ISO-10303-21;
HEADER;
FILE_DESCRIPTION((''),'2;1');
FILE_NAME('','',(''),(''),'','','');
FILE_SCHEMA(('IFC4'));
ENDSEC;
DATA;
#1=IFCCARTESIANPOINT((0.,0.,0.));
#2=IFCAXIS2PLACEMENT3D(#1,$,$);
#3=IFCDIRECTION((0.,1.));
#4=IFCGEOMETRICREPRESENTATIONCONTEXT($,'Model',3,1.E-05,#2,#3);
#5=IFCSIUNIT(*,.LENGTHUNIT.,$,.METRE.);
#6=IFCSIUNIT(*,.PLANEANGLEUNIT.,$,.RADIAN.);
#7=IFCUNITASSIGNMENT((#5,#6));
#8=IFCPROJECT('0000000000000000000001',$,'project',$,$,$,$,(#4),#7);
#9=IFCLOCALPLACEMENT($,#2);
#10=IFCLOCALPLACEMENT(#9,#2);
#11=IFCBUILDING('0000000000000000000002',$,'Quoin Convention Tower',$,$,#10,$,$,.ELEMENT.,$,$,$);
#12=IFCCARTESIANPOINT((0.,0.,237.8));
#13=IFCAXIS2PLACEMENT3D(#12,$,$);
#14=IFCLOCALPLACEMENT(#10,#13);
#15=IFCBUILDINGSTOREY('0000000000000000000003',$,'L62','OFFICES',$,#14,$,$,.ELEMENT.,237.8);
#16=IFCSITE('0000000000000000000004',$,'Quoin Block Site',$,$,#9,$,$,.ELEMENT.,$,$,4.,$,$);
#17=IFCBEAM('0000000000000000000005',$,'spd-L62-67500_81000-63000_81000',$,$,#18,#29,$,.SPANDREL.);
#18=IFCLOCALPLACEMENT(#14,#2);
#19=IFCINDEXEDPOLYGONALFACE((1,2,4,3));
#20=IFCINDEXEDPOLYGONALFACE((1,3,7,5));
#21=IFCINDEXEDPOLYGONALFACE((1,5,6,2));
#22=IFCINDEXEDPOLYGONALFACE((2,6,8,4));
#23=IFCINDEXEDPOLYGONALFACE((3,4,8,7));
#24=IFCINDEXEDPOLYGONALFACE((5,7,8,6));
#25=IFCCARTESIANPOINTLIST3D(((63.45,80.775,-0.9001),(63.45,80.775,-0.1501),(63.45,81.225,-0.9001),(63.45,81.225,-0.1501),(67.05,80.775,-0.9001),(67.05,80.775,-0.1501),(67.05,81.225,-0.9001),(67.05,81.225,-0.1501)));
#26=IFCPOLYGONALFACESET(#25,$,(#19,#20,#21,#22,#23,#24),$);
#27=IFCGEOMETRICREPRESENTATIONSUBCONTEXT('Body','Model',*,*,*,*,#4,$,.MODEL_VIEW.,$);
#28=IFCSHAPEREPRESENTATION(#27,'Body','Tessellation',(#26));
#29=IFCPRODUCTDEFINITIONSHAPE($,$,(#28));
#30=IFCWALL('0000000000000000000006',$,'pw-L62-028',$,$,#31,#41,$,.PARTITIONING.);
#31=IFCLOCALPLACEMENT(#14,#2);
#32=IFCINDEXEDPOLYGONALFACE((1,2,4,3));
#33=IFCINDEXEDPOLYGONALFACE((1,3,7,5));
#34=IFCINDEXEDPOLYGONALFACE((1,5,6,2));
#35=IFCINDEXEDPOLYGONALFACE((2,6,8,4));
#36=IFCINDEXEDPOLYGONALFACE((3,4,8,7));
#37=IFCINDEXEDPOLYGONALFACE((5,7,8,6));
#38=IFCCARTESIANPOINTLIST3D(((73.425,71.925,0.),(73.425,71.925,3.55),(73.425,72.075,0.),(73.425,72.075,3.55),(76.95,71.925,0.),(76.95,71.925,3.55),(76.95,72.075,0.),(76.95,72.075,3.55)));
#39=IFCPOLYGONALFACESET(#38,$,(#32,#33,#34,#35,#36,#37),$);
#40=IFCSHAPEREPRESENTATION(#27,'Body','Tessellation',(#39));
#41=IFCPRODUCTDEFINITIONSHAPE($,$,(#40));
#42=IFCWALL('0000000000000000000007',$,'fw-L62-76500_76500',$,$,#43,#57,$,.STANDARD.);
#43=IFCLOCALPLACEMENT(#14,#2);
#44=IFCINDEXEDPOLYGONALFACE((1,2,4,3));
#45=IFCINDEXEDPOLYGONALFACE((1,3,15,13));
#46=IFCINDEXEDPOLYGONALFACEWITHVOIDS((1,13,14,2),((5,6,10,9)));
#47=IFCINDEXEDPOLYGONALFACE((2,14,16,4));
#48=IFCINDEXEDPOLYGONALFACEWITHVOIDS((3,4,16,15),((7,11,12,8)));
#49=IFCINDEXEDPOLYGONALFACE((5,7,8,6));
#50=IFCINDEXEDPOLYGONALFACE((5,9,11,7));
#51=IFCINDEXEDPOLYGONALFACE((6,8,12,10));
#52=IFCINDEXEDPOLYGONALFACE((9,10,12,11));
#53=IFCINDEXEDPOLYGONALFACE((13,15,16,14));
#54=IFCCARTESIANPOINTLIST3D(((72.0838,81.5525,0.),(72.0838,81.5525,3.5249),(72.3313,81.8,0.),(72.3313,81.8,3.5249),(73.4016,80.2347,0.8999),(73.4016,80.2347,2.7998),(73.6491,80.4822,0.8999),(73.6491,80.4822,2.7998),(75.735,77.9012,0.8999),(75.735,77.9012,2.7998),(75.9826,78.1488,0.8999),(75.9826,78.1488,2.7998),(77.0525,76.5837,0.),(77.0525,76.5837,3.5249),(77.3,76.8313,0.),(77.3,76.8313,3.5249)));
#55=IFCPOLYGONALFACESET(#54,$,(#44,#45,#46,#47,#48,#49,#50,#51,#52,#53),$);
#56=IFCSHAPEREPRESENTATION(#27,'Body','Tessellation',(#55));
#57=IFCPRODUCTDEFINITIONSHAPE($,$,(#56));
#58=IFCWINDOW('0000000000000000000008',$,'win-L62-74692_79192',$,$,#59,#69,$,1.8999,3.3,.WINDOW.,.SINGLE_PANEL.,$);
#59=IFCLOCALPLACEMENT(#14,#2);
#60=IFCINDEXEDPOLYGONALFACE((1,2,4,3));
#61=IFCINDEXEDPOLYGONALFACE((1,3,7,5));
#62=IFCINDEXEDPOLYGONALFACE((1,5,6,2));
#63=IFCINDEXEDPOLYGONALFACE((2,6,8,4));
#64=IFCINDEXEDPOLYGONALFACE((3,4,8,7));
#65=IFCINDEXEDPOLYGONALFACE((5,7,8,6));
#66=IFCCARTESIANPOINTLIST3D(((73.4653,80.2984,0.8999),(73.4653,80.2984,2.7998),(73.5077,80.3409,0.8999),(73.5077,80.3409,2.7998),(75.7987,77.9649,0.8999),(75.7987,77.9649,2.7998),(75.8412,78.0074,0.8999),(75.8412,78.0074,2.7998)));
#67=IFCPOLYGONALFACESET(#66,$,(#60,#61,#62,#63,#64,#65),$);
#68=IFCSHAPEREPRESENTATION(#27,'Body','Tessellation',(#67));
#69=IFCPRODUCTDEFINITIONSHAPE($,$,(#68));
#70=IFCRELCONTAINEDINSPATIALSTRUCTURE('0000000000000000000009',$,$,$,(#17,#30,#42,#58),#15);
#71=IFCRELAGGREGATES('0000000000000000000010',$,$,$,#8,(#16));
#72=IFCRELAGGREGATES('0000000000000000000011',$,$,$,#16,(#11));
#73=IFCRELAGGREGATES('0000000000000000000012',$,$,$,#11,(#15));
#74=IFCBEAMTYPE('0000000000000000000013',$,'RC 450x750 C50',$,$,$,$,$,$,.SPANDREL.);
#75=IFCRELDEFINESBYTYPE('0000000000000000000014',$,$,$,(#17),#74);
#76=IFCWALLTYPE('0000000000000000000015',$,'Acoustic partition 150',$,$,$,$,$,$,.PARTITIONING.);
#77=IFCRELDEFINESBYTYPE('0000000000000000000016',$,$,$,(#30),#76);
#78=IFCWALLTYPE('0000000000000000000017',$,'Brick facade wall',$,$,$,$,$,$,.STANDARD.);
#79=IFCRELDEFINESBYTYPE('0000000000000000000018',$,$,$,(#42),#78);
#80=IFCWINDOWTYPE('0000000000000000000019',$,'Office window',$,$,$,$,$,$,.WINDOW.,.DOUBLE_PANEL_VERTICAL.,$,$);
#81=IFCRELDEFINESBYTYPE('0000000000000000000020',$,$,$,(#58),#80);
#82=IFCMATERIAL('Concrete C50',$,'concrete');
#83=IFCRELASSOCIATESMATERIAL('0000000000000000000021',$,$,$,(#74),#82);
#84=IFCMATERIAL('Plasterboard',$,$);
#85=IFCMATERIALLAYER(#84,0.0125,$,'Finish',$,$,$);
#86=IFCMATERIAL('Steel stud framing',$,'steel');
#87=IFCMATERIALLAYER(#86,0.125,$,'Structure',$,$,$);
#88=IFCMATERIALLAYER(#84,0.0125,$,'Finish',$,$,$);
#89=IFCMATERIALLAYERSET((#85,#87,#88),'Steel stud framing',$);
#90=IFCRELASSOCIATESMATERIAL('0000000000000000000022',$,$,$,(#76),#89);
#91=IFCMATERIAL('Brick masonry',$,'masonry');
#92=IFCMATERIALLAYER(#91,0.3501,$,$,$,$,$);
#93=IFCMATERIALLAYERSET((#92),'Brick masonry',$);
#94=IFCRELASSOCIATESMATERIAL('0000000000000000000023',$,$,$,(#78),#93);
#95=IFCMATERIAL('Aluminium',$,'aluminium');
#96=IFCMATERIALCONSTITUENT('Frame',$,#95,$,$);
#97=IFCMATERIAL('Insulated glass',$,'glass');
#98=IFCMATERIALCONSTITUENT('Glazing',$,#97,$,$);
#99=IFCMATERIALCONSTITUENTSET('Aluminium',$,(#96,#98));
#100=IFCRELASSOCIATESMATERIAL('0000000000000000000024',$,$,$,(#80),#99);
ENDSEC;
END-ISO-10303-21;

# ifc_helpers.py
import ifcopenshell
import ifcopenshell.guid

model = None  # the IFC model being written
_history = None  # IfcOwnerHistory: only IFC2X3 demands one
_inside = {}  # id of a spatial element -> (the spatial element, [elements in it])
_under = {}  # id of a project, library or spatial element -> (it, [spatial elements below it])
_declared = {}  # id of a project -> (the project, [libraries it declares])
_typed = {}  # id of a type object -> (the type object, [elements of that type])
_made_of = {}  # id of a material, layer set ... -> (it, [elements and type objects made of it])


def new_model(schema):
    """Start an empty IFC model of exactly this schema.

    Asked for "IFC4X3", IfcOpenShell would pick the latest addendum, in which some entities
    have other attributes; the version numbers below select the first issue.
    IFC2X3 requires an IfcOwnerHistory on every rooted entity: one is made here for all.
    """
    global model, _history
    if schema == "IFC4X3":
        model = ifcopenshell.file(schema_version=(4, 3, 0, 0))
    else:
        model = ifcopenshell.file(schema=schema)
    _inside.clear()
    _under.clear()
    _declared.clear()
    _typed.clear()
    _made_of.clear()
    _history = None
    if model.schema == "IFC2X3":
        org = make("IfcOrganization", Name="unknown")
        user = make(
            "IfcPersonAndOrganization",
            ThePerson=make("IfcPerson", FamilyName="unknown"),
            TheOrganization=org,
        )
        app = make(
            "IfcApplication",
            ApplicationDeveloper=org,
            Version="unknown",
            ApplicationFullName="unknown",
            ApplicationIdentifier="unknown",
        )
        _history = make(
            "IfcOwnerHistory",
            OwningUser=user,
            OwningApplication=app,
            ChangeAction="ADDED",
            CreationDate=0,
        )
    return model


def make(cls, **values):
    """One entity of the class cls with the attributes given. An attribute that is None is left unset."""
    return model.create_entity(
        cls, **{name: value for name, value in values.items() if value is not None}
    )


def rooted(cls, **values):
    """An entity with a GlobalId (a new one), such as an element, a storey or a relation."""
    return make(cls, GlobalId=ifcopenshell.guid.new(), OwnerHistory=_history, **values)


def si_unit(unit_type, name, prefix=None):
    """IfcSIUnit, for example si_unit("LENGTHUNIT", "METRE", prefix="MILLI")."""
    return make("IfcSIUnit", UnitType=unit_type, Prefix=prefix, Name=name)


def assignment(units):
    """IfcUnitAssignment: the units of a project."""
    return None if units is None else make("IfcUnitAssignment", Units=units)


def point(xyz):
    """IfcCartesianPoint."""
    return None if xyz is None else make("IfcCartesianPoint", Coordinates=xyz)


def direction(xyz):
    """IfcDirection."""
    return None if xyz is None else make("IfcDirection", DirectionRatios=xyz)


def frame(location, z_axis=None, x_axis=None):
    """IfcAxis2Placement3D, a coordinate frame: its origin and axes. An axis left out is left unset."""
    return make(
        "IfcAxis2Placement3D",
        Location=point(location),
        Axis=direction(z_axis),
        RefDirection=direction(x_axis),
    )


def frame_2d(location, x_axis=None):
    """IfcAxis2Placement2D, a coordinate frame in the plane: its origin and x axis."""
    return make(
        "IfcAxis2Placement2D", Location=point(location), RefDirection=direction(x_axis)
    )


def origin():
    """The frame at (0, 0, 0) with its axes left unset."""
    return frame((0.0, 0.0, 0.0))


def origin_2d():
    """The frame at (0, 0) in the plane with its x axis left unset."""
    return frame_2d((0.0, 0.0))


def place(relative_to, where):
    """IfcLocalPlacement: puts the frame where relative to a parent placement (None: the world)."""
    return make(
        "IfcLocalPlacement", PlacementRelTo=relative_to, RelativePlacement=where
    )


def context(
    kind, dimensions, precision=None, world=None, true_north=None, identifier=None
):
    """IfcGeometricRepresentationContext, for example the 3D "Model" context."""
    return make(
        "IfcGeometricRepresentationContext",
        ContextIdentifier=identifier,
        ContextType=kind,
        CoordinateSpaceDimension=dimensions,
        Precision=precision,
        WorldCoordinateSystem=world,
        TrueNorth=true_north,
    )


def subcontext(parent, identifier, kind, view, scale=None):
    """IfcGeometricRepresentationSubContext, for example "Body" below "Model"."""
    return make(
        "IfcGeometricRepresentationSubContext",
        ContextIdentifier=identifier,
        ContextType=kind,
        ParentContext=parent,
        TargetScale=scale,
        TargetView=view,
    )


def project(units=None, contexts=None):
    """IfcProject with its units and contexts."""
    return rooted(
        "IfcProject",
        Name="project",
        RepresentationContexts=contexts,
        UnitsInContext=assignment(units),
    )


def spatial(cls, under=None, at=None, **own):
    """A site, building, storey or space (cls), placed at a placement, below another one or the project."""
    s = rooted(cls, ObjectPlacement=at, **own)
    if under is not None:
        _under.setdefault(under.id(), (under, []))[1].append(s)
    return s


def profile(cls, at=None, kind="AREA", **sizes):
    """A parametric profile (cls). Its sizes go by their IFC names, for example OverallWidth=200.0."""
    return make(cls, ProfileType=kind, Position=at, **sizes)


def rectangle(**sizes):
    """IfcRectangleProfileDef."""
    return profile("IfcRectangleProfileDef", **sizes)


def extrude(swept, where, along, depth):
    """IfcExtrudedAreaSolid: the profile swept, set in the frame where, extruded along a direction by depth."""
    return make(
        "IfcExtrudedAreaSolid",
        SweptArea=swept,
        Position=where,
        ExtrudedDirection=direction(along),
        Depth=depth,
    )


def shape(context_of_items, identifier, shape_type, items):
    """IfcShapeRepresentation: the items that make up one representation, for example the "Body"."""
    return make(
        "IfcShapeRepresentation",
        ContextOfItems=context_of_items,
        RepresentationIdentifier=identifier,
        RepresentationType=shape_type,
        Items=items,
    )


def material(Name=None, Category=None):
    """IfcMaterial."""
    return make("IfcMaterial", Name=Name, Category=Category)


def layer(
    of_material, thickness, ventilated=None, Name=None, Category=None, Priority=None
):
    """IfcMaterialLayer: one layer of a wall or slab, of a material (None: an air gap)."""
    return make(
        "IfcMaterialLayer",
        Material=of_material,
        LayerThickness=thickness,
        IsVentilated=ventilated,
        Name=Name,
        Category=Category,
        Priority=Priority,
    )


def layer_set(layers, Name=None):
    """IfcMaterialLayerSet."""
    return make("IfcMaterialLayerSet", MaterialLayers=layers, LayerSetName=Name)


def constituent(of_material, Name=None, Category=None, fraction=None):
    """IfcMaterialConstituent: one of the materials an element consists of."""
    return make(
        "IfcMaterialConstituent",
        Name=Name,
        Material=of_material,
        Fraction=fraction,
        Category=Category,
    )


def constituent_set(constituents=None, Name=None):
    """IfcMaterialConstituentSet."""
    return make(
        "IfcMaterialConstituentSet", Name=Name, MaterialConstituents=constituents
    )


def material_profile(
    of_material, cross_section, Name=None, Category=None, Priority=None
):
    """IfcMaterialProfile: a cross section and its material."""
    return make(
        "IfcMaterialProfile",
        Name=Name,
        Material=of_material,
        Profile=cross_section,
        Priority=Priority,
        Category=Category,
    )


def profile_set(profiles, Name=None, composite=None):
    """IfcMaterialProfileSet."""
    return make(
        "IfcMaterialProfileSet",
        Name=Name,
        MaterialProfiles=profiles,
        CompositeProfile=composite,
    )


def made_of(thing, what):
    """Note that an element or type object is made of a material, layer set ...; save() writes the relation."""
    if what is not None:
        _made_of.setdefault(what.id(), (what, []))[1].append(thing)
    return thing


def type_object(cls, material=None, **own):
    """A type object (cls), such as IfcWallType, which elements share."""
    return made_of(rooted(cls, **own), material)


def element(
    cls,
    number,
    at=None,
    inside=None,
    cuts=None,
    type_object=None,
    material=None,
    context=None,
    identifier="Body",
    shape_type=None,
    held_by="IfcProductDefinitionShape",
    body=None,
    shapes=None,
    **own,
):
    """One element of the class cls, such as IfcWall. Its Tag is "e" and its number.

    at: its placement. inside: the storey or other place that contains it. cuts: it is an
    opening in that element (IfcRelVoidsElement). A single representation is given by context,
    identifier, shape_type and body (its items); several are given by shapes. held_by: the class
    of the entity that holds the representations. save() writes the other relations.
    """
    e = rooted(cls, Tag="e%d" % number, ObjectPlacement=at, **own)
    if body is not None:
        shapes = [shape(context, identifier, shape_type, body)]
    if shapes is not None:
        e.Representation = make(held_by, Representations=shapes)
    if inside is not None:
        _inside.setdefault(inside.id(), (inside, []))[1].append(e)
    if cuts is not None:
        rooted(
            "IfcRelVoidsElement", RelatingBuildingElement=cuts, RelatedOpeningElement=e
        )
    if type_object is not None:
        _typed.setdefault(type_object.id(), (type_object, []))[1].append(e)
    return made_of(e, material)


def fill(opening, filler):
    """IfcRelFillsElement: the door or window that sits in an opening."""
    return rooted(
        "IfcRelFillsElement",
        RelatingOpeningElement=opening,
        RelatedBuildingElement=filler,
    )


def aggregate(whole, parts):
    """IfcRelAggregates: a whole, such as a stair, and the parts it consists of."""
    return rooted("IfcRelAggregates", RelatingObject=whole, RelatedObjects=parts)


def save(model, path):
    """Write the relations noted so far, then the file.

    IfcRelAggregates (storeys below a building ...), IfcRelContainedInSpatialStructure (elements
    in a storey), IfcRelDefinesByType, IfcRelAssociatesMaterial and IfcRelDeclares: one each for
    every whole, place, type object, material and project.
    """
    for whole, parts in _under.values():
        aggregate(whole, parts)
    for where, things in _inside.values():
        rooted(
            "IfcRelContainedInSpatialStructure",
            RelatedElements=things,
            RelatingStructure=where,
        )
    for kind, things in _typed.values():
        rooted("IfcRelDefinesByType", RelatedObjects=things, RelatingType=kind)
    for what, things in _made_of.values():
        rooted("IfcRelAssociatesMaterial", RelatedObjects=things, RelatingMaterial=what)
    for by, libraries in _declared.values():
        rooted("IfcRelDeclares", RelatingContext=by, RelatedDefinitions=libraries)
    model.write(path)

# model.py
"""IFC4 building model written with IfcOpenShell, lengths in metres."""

from ifc_helpers import new_model, si_unit, direction, frame, frame_2d, origin, origin_2d, place, context, subcontext, project, spatial, rectangle, extrude, material, layer, layer_set, constituent, constituent_set, material_profile, profile_set, type_object, element, fill, save


model = new_model("IFC4")

# Units and contexts
model_context = context("Model", 3, precision=1e-05, world=origin(), true_north=direction((0.0, 1.0)))
body_context = subcontext(model_context, "Body", "Model", "MODEL_VIEW")
ifc_project = project(units=[si_unit("LENGTHUNIT", "METRE"), si_unit("PLANEANGLEUNIT", "RADIAN")], contexts=[model_context])

# Site, building, storey
site_placement = place(None, origin())
site = spatial("IfcSite", under=ifc_project, at=site_placement, Name="Quoin Block Site", CompositionType="ELEMENT", RefElevation=4.0)
building_placement = place(site_placement, origin())
building = spatial("IfcBuilding", under=site, at=building_placement, Name="Quoin Convention Tower", CompositionType="ELEMENT")
storey_placement = place(building_placement, frame((0.0, 0.0, 237.8)))
storey = spatial("IfcBuildingStorey", under=building, at=storey_placement, Name="L62", Description="OFFICES", CompositionType="ELEMENT", Elevation=237.8)

# Shared definitions
ifc_material_1 = material(Name="Concrete C50", Category="concrete")

# Beam
ifc_material_profile_1 = material_profile(ifc_material_1, rectangle(XDim=0.45, YDim=0.75, at=origin_2d()), Name="RC 450x750")
ifc_profile_set_1 = profile_set([ifc_material_profile_1], Name="Concrete C50")
beam_type_1 = type_object("IfcBeamType", Name="RC 450x750 C50", PredefinedType="SPANDREL", material=ifc_profile_set_1)
for number, where, z_axis, x_axis, name in (
    (1, (67.05, 81.0, -0.5251), (-1.0, 0.0, 0.0), (0.0, -1.0, 0.0), "spd-L62-67500_81000-63000_81000"),
):
    element("IfcBeam", number, at=place(storey_placement, frame(where, z_axis=z_axis, x_axis=x_axis)), inside=storey, type_object=beam_type_1, Name=name, PredefinedType="SPANDREL", context=body_context, shape_type="SweptSolid", body=[
        extrude(rectangle(XDim=0.45, YDim=0.75, at=origin_2d()), origin(), (0.0, 0.0, 1.0), 3.6001),
    ])

# Wall
ifc_material_2 = material(Name="Plasterboard")
ifc_layer_1 = layer(ifc_material_2, 0.0125, Name="Finish")
ifc_material_3 = material(Name="Steel stud framing", Category="steel")
ifc_layer_2 = layer(ifc_material_3, 0.125, Name="Structure")
ifc_layer_3 = layer(ifc_material_2, 0.0125, Name="Finish")
ifc_layer_set_1 = layer_set([ifc_layer_1, ifc_layer_2, ifc_layer_3], Name="Steel stud framing")
wall_type_1 = type_object("IfcWallType", Name="Acoustic partition 150", PredefinedType="PARTITIONING", material=ifc_layer_set_1)
wall_1_placement = place(storey_placement, frame((73.425, 72.0, 0.0), z_axis=(0.0, 0.0, 1.0), x_axis=(1.0, 0.0, 0.0)))
element("IfcWall", 2, at=wall_1_placement, inside=storey, type_object=wall_type_1, Name="pw-L62-028", PredefinedType="PARTITIONING", context=body_context, shape_type="SweptSolid", body=[
    extrude(rectangle(XDim=3.5249, YDim=0.1499, at=frame_2d((1.7625, 0.0))), origin(), (0.0, 0.0, 1.0), 3.55),
])

# Wall, opening, window
ifc_material_4 = material(Name="Brick masonry", Category="masonry")
ifc_layer_4 = layer(ifc_material_4, 0.3501)
ifc_layer_set_2 = layer_set([ifc_layer_4], Name="Brick masonry")
wall_type_2 = type_object("IfcWallType", Name="Brick facade wall", PredefinedType="STANDARD", material=ifc_layer_set_2)
wall_2_placement = place(storey_placement, frame((77.1763, 76.7075, 0.0), z_axis=(0.0, 0.0, 1.0), x_axis=(-0.707107, 0.707107, 0.0)))
wall_2 = element("IfcWall", 3, at=wall_2_placement, inside=storey, type_object=wall_type_2, Name="fw-L62-76500_76500", PredefinedType="STANDARD", context=body_context, shape_type="SweptSolid", body=[
    extrude(rectangle(XDim=7.0269, YDim=0.3501, at=frame_2d((3.5134, 0.0))), origin(), (0.0, 0.0, 1.0), 3.5249),
])
opening_1_placement = place(wall_2_placement, frame((1.8633, 0.0, 0.8999)))
opening_1 = element("IfcOpeningElement", 4, at=opening_1_placement, cuts=wall_2, PredefinedType="OPENING", context=body_context, shape_type="SweptSolid", body=[
    extrude(rectangle(XDim=3.3, YDim=1.8999, at=frame_2d((1.6499, 0.95))), frame((0.0, 0.1851, 0.0), z_axis=(0.0, -1.0, 0.0), x_axis=(1.0, 0.0, 0.0)), (0.0, 0.0, 1.0), 0.3701),
])
ifc_material_5 = material(Name="Aluminium", Category="aluminium")
ifc_constituent_1 = constituent(ifc_material_5, Name="Frame")
ifc_material_6 = material(Name="Insulated glass", Category="glass")
ifc_constituent_2 = constituent(ifc_material_6, Name="Glazing")
ifc_constituent_set = constituent_set(constituents=[ifc_constituent_1, ifc_constituent_2], Name="Aluminium")
window_type = type_object("IfcWindowType", Name="Office window", PartitioningType="DOUBLE_PANEL_VERTICAL", PredefinedType="WINDOW", material=ifc_constituent_set)
window_1_placement = place(opening_1_placement, origin())
window_1 = element("IfcWindow", 5, at=window_1_placement, inside=storey, type_object=window_type, Name="win-L62-74692_79192", OverallHeight=1.8999, OverallWidth=3.3, PartitioningType="SINGLE_PANEL", PredefinedType="WINDOW", context=body_context, shape_type="SweptSolid", body=[
    extrude(rectangle(XDim=3.3, YDim=1.8999, at=frame_2d((1.6499, 0.95))), frame((0.0, 0.085, 0.0), z_axis=(0.0, -1.0, 0.0), x_axis=(1.0, 0.0, 0.0)), (0.0, 0.0, 1.0), 0.0601),
])
fill(opening_1, window_1)

save(model, "model.ifc")
